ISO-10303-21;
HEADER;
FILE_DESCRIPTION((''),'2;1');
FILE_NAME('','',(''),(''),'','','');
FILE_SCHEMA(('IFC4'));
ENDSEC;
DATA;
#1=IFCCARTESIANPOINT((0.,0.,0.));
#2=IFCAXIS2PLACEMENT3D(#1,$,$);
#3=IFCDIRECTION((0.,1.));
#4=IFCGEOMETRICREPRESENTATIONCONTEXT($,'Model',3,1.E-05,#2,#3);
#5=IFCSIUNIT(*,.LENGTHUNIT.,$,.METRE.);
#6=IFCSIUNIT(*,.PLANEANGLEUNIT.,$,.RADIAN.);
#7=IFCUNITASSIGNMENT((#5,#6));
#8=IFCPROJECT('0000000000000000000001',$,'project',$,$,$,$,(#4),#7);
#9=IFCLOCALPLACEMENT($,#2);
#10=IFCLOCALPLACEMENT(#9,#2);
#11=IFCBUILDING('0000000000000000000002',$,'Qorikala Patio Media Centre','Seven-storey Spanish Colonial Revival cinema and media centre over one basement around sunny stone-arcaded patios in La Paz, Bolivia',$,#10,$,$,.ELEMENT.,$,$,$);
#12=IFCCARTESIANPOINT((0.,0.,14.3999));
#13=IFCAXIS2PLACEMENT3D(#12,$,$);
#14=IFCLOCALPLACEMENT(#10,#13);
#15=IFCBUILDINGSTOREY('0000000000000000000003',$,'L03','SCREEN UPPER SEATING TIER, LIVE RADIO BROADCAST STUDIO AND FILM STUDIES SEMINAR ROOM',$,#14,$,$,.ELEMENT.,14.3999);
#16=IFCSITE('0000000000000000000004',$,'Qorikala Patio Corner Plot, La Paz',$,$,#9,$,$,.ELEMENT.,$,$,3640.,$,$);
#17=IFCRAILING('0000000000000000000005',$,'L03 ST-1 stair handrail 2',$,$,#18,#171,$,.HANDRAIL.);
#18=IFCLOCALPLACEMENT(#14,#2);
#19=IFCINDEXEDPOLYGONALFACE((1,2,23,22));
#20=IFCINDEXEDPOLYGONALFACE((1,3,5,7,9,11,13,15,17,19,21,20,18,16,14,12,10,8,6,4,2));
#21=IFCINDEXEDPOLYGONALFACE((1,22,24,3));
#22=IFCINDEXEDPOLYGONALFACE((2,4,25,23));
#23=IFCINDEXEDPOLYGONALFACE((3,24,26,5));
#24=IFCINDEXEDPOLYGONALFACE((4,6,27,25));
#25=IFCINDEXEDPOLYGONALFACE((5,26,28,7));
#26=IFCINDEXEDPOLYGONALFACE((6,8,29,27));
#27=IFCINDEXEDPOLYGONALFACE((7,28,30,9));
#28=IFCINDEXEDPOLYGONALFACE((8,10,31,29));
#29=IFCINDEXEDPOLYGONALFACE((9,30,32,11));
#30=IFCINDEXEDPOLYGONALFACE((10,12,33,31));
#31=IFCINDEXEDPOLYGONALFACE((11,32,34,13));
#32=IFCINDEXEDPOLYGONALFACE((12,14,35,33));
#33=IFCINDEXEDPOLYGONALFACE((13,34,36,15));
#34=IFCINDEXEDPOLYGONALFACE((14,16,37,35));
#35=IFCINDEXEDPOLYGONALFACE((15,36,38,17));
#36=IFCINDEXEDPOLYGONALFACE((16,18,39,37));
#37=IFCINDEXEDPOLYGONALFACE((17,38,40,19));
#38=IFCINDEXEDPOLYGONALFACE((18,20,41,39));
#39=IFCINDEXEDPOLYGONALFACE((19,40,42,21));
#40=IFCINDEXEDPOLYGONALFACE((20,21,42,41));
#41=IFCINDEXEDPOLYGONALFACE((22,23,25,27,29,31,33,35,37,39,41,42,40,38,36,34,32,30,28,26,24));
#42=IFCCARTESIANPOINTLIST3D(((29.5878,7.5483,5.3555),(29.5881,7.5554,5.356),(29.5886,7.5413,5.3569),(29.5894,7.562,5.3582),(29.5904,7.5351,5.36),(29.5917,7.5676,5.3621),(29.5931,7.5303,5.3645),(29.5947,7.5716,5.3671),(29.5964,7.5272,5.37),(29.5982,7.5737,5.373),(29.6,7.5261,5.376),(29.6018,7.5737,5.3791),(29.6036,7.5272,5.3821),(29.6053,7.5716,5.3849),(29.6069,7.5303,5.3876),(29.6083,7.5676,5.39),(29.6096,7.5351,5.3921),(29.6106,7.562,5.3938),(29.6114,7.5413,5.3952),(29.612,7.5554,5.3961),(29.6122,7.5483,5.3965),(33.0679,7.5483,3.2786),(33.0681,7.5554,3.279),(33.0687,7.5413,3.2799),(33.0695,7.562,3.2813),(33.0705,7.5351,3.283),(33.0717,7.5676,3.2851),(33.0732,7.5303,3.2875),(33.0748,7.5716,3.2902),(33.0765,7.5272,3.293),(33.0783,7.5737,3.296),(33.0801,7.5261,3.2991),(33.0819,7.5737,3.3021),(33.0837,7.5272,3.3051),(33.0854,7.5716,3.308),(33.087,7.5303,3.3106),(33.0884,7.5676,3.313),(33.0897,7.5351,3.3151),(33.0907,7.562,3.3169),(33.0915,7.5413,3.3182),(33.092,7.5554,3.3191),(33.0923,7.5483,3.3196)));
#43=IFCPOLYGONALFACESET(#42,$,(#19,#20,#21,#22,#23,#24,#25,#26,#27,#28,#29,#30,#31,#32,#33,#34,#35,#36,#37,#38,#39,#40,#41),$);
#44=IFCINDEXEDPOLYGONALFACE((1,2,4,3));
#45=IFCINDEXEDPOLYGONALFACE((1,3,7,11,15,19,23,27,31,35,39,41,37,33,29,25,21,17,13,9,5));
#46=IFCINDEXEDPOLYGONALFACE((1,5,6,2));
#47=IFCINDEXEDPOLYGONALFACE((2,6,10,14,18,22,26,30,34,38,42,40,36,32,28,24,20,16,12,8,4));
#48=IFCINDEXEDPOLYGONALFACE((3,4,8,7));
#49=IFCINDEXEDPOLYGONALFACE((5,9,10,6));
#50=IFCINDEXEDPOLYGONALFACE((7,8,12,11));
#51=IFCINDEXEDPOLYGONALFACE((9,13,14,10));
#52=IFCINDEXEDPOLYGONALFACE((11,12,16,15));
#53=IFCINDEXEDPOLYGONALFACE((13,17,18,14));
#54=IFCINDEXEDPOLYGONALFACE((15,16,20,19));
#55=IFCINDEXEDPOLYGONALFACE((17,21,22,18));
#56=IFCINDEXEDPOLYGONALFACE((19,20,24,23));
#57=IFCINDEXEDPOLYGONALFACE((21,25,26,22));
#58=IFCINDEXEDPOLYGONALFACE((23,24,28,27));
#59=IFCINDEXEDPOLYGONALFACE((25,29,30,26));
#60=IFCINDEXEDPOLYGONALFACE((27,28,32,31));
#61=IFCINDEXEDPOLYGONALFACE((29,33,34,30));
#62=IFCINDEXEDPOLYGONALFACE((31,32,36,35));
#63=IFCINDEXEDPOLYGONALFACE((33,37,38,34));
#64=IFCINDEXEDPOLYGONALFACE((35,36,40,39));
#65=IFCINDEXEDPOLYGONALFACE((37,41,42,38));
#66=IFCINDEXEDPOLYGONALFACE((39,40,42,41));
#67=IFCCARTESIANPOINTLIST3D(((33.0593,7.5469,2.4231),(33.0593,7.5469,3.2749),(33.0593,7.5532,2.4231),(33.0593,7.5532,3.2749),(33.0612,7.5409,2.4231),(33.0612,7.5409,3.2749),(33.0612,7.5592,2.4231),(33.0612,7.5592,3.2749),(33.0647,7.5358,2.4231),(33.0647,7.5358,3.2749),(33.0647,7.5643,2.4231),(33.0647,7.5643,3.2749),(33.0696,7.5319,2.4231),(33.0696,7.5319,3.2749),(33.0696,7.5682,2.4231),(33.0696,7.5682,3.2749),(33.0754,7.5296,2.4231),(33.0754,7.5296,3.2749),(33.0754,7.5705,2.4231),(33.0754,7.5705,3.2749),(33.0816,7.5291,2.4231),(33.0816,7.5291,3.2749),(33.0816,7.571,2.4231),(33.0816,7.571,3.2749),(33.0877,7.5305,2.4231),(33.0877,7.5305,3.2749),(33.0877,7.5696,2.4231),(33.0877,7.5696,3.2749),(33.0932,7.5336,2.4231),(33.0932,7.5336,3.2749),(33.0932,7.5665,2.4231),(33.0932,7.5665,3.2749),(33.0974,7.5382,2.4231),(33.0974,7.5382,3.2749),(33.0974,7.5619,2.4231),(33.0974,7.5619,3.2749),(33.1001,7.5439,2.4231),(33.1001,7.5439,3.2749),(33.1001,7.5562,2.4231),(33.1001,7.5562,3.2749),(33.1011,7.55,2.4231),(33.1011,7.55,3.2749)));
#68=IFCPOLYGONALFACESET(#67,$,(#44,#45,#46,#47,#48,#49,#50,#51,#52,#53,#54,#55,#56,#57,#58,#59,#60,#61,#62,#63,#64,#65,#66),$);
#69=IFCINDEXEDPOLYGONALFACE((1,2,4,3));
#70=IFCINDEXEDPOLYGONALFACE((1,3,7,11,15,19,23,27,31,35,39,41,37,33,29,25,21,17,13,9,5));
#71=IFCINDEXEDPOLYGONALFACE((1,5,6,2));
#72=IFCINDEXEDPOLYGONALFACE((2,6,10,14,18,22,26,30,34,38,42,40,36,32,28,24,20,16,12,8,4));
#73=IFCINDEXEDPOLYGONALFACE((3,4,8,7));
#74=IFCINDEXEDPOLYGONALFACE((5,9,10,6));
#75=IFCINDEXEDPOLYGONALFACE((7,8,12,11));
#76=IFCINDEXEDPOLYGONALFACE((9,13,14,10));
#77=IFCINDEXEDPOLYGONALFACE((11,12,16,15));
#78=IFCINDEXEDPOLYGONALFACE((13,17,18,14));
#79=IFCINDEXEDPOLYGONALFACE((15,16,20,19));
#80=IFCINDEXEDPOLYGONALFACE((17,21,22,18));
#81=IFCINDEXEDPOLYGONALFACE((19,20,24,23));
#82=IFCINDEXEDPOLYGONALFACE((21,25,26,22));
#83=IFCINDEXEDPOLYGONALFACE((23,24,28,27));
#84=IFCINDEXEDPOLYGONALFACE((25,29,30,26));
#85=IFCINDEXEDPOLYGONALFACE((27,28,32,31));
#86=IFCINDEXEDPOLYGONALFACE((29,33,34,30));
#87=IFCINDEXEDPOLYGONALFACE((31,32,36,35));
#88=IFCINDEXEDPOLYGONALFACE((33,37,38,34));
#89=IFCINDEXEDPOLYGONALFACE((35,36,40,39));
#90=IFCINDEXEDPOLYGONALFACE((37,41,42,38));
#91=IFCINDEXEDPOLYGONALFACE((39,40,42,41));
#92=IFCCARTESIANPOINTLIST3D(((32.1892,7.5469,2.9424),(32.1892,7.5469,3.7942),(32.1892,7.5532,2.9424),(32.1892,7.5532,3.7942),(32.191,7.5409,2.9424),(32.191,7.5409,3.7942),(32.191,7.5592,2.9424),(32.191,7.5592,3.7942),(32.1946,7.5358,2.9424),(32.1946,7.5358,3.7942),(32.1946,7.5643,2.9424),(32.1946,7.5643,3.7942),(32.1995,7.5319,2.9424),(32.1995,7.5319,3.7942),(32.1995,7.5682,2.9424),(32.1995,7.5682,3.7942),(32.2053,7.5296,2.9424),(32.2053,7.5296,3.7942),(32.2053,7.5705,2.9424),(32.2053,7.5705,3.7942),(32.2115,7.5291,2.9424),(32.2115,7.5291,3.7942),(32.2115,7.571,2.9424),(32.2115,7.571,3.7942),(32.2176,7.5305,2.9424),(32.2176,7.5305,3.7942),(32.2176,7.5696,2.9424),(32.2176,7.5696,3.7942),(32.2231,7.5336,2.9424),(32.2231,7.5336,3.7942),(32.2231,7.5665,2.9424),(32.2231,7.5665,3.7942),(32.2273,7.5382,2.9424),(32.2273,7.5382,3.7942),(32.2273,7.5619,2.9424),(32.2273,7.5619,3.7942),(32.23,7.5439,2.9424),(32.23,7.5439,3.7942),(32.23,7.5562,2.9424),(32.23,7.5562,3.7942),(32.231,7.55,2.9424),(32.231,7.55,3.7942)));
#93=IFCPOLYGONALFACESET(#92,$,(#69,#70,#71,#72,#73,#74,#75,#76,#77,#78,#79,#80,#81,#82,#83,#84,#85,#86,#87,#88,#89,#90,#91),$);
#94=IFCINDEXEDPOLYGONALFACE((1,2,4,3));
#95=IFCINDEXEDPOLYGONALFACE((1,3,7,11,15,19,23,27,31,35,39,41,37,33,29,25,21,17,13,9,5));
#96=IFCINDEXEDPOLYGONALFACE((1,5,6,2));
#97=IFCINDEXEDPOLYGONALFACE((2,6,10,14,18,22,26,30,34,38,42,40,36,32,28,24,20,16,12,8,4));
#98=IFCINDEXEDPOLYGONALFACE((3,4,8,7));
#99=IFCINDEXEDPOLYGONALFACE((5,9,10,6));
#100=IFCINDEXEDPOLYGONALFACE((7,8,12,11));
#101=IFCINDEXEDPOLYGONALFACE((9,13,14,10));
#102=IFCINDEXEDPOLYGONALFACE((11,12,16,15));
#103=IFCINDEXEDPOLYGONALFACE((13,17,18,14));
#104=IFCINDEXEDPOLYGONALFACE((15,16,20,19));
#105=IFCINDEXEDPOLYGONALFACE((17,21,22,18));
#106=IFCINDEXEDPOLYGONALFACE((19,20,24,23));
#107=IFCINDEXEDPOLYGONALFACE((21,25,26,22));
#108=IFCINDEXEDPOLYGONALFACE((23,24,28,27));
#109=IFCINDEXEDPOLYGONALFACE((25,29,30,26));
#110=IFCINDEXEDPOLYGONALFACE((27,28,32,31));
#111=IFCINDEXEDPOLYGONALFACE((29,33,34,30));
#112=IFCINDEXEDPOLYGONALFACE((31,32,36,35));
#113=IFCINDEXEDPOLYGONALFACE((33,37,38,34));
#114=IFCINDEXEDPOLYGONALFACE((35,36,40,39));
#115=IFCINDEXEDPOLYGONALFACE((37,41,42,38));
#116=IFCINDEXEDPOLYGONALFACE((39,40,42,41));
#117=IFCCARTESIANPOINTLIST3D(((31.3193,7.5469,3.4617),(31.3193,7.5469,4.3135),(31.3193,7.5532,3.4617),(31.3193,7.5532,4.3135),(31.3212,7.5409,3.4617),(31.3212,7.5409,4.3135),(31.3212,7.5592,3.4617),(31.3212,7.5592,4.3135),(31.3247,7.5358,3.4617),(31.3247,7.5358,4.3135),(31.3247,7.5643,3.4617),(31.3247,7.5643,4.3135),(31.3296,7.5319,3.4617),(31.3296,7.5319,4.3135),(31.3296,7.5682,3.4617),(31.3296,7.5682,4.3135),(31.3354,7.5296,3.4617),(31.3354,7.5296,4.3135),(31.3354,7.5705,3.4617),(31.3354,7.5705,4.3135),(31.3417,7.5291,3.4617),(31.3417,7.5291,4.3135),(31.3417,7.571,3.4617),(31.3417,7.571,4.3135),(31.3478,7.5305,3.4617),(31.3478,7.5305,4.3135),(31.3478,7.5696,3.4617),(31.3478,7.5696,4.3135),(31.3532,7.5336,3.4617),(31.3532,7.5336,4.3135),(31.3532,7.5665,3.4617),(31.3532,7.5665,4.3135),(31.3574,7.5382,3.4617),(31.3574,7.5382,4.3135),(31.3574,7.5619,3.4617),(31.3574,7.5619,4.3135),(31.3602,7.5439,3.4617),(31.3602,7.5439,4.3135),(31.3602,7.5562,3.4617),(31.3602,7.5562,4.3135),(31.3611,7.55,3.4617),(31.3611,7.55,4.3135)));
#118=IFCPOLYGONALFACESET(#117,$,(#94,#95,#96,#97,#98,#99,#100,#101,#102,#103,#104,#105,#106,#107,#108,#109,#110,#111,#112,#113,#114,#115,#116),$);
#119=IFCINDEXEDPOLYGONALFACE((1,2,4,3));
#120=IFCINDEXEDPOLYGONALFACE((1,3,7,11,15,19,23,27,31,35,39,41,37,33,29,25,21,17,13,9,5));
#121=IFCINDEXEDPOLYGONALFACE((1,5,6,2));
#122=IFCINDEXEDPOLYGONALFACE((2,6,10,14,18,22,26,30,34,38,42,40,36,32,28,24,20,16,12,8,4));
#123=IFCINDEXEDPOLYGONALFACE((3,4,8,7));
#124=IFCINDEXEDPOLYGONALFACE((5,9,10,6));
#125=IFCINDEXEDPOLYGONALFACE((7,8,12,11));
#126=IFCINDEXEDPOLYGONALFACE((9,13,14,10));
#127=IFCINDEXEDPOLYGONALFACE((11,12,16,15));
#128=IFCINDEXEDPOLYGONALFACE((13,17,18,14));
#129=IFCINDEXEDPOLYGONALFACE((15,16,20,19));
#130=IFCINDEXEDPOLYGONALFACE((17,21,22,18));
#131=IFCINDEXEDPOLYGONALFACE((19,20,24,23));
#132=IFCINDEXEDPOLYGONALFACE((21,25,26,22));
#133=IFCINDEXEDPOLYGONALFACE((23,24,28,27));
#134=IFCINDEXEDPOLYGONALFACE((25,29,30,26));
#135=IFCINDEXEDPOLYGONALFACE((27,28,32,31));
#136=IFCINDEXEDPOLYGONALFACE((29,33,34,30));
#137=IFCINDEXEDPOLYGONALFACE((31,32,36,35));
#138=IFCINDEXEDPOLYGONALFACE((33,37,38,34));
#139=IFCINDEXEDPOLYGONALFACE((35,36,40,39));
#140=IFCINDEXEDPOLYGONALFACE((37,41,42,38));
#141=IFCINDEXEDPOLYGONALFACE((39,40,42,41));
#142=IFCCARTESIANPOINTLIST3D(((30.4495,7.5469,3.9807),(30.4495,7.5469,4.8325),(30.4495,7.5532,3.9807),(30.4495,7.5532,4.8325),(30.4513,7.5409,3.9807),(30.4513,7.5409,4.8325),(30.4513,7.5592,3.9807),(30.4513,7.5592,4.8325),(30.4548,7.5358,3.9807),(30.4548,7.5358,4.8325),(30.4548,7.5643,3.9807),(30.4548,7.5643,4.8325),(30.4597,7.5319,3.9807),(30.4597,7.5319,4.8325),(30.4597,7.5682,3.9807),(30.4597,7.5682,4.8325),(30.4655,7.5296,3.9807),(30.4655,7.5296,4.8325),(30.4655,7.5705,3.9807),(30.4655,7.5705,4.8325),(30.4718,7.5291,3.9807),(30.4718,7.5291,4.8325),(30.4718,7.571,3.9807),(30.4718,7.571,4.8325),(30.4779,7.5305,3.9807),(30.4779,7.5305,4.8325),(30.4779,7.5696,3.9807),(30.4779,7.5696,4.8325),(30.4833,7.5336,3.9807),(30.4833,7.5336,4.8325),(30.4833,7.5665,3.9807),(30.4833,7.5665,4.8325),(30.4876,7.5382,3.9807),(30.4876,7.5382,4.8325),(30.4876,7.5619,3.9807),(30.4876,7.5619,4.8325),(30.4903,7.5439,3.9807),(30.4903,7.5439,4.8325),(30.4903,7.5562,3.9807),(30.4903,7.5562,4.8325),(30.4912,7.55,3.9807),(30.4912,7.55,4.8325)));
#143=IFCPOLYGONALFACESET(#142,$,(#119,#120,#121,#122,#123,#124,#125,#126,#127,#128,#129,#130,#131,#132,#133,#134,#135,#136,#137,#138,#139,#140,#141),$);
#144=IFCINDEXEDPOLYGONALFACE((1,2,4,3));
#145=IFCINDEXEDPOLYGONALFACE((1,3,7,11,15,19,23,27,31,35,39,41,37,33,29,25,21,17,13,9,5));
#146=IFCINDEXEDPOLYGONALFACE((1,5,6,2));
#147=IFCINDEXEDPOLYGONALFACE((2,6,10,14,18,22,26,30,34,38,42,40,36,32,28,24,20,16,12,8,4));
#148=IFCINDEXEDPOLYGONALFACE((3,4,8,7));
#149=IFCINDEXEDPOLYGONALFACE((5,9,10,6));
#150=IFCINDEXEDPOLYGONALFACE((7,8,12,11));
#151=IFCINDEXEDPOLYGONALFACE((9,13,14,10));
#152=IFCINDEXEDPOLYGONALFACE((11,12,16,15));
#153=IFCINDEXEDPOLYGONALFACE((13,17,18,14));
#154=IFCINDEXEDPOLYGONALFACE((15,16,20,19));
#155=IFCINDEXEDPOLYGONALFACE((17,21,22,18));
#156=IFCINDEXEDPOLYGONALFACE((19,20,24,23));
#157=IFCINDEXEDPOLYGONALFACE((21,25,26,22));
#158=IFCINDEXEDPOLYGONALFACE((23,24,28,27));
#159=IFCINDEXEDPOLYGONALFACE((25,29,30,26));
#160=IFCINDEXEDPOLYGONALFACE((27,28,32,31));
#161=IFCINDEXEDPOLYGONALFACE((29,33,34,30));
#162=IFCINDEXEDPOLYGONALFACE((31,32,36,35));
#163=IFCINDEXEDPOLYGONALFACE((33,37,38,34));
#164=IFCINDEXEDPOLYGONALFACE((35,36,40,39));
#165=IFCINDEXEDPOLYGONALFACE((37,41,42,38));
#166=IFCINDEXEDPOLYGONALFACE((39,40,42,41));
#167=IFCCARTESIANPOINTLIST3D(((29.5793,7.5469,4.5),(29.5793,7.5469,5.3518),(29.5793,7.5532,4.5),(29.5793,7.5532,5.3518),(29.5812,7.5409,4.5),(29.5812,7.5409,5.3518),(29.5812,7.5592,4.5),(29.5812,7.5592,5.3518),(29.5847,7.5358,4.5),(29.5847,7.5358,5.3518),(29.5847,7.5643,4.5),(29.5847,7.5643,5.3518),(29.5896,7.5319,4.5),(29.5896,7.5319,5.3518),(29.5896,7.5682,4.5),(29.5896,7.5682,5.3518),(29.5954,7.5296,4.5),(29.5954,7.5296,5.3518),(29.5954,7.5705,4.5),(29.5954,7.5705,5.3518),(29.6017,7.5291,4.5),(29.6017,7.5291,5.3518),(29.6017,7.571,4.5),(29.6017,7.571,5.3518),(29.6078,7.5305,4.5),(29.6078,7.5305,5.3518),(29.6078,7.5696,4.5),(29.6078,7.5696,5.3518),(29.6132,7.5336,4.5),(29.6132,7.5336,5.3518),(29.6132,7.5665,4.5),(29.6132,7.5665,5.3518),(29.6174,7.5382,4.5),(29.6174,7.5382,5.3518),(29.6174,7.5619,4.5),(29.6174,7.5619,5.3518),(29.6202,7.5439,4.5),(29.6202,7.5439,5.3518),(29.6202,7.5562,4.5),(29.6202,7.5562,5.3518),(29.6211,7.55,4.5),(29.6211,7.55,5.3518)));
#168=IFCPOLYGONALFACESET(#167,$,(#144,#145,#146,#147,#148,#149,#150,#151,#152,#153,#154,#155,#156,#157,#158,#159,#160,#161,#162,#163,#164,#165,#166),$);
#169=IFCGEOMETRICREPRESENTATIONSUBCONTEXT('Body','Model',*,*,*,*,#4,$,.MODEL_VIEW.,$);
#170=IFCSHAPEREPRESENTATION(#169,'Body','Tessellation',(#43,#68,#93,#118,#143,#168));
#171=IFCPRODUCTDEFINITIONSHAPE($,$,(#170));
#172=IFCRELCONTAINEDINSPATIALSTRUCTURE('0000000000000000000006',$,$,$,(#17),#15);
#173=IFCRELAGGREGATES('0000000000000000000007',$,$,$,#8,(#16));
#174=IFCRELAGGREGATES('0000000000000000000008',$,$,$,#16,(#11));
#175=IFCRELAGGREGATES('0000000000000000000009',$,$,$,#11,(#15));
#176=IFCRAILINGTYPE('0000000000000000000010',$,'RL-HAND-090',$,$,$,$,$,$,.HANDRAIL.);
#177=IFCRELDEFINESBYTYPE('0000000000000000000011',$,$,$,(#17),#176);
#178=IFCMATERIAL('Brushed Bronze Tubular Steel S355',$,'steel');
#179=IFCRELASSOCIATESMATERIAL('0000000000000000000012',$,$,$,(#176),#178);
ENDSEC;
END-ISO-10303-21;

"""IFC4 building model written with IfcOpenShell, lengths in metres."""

from ifc_helpers import new_model, si_unit, direction, frame, origin, origin_2d, place, context, subcontext, project, spatial, circle, extrude, material, type_object, element, save


model = new_model("IFC4")

# Units and contexts
model_context = context("Model", 3, precision=1e-05, world=origin(), true_north=direction((0.0, 1.0)))
body_context = subcontext(model_context, "Body", "Model", "MODEL_VIEW")
ifc_project = project(units=[si_unit("LENGTHUNIT", "METRE"), si_unit("PLANEANGLEUNIT", "RADIAN")], contexts=[model_context])

# Site, building, storey
site_placement = place(None, origin())
site = spatial("IfcSite", under=ifc_project, at=site_placement, Name="Qorikala Patio Corner Plot, La Paz", CompositionType="ELEMENT", RefElevation=3640.0)
building_placement = place(site_placement, origin())
building = spatial("IfcBuilding", under=site, at=building_placement, Name="Qorikala Patio Media Centre", Description="Seven-storey Spanish Colonial Revival cinema and media centre over one basement around sunny stone-arcaded patios in La Paz, Bolivia", CompositionType="ELEMENT")
storey_placement = place(building_placement, frame((0.0, 0.0, 14.3999)))
storey = spatial("IfcBuildingStorey", under=building, at=storey_placement, Name="L03", Description="SCREEN UPPER SEATING TIER, LIVE RADIO BROADCAST STUDIO AND FILM STUDIES SEMINAR ROOM", CompositionType="ELEMENT", Elevation=14.3999)

# Railing
ifc_material_1 = material(Name="Brushed Bronze Tubular Steel S355", Category="steel")
railing_type_1 = type_object("IfcRailingType", Name="RL-HAND-090", PredefinedType="HANDRAIL", material=ifc_material_1)
railing_1_placement = place(storey_placement, frame((33.0801, 7.55, 2.4231)))
element("IfcRailing", 1, at=railing_1_placement, inside=storey, type_object=railing_type_1, Name="L03 ST-1 stair handrail 2", PredefinedType="HANDRAIL", context=body_context, shape_type="SweptSolid", body=[
    extrude(circle(Radius=0.0239, at=origin_2d()), frame((0.0, 0.0, 0.876), z_axis=(-0.858697, 0.0, 0.512483), x_axis=(0.0, -1.0, 0.0)), (0.0, 0.0, 1.0), 4.0527),
    extrude(circle(Radius=0.021, at=origin_2d()), origin(), (0.0, 0.0, 1.0), 0.8518),
    extrude(circle(Radius=0.021, at=origin_2d()), frame((-0.8701, 0.0, 0.5193)), (0.0, 0.0, 1.0), 0.8518),
    extrude(circle(Radius=0.021, at=origin_2d()), frame((-1.74, 0.0, 1.0386)), (0.0, 0.0, 1.0), 0.8518),
    extrude(circle(Radius=0.021, at=origin_2d()), frame((-2.6099, 0.0, 1.5576)), (0.0, 0.0, 1.0), 0.8518),
    extrude(circle(Radius=0.021, at=origin_2d()), frame((-3.48, 0.0, 2.0769)), (0.0, 0.0, 1.0), 0.8518),
])

save(model, "model.ifc")
